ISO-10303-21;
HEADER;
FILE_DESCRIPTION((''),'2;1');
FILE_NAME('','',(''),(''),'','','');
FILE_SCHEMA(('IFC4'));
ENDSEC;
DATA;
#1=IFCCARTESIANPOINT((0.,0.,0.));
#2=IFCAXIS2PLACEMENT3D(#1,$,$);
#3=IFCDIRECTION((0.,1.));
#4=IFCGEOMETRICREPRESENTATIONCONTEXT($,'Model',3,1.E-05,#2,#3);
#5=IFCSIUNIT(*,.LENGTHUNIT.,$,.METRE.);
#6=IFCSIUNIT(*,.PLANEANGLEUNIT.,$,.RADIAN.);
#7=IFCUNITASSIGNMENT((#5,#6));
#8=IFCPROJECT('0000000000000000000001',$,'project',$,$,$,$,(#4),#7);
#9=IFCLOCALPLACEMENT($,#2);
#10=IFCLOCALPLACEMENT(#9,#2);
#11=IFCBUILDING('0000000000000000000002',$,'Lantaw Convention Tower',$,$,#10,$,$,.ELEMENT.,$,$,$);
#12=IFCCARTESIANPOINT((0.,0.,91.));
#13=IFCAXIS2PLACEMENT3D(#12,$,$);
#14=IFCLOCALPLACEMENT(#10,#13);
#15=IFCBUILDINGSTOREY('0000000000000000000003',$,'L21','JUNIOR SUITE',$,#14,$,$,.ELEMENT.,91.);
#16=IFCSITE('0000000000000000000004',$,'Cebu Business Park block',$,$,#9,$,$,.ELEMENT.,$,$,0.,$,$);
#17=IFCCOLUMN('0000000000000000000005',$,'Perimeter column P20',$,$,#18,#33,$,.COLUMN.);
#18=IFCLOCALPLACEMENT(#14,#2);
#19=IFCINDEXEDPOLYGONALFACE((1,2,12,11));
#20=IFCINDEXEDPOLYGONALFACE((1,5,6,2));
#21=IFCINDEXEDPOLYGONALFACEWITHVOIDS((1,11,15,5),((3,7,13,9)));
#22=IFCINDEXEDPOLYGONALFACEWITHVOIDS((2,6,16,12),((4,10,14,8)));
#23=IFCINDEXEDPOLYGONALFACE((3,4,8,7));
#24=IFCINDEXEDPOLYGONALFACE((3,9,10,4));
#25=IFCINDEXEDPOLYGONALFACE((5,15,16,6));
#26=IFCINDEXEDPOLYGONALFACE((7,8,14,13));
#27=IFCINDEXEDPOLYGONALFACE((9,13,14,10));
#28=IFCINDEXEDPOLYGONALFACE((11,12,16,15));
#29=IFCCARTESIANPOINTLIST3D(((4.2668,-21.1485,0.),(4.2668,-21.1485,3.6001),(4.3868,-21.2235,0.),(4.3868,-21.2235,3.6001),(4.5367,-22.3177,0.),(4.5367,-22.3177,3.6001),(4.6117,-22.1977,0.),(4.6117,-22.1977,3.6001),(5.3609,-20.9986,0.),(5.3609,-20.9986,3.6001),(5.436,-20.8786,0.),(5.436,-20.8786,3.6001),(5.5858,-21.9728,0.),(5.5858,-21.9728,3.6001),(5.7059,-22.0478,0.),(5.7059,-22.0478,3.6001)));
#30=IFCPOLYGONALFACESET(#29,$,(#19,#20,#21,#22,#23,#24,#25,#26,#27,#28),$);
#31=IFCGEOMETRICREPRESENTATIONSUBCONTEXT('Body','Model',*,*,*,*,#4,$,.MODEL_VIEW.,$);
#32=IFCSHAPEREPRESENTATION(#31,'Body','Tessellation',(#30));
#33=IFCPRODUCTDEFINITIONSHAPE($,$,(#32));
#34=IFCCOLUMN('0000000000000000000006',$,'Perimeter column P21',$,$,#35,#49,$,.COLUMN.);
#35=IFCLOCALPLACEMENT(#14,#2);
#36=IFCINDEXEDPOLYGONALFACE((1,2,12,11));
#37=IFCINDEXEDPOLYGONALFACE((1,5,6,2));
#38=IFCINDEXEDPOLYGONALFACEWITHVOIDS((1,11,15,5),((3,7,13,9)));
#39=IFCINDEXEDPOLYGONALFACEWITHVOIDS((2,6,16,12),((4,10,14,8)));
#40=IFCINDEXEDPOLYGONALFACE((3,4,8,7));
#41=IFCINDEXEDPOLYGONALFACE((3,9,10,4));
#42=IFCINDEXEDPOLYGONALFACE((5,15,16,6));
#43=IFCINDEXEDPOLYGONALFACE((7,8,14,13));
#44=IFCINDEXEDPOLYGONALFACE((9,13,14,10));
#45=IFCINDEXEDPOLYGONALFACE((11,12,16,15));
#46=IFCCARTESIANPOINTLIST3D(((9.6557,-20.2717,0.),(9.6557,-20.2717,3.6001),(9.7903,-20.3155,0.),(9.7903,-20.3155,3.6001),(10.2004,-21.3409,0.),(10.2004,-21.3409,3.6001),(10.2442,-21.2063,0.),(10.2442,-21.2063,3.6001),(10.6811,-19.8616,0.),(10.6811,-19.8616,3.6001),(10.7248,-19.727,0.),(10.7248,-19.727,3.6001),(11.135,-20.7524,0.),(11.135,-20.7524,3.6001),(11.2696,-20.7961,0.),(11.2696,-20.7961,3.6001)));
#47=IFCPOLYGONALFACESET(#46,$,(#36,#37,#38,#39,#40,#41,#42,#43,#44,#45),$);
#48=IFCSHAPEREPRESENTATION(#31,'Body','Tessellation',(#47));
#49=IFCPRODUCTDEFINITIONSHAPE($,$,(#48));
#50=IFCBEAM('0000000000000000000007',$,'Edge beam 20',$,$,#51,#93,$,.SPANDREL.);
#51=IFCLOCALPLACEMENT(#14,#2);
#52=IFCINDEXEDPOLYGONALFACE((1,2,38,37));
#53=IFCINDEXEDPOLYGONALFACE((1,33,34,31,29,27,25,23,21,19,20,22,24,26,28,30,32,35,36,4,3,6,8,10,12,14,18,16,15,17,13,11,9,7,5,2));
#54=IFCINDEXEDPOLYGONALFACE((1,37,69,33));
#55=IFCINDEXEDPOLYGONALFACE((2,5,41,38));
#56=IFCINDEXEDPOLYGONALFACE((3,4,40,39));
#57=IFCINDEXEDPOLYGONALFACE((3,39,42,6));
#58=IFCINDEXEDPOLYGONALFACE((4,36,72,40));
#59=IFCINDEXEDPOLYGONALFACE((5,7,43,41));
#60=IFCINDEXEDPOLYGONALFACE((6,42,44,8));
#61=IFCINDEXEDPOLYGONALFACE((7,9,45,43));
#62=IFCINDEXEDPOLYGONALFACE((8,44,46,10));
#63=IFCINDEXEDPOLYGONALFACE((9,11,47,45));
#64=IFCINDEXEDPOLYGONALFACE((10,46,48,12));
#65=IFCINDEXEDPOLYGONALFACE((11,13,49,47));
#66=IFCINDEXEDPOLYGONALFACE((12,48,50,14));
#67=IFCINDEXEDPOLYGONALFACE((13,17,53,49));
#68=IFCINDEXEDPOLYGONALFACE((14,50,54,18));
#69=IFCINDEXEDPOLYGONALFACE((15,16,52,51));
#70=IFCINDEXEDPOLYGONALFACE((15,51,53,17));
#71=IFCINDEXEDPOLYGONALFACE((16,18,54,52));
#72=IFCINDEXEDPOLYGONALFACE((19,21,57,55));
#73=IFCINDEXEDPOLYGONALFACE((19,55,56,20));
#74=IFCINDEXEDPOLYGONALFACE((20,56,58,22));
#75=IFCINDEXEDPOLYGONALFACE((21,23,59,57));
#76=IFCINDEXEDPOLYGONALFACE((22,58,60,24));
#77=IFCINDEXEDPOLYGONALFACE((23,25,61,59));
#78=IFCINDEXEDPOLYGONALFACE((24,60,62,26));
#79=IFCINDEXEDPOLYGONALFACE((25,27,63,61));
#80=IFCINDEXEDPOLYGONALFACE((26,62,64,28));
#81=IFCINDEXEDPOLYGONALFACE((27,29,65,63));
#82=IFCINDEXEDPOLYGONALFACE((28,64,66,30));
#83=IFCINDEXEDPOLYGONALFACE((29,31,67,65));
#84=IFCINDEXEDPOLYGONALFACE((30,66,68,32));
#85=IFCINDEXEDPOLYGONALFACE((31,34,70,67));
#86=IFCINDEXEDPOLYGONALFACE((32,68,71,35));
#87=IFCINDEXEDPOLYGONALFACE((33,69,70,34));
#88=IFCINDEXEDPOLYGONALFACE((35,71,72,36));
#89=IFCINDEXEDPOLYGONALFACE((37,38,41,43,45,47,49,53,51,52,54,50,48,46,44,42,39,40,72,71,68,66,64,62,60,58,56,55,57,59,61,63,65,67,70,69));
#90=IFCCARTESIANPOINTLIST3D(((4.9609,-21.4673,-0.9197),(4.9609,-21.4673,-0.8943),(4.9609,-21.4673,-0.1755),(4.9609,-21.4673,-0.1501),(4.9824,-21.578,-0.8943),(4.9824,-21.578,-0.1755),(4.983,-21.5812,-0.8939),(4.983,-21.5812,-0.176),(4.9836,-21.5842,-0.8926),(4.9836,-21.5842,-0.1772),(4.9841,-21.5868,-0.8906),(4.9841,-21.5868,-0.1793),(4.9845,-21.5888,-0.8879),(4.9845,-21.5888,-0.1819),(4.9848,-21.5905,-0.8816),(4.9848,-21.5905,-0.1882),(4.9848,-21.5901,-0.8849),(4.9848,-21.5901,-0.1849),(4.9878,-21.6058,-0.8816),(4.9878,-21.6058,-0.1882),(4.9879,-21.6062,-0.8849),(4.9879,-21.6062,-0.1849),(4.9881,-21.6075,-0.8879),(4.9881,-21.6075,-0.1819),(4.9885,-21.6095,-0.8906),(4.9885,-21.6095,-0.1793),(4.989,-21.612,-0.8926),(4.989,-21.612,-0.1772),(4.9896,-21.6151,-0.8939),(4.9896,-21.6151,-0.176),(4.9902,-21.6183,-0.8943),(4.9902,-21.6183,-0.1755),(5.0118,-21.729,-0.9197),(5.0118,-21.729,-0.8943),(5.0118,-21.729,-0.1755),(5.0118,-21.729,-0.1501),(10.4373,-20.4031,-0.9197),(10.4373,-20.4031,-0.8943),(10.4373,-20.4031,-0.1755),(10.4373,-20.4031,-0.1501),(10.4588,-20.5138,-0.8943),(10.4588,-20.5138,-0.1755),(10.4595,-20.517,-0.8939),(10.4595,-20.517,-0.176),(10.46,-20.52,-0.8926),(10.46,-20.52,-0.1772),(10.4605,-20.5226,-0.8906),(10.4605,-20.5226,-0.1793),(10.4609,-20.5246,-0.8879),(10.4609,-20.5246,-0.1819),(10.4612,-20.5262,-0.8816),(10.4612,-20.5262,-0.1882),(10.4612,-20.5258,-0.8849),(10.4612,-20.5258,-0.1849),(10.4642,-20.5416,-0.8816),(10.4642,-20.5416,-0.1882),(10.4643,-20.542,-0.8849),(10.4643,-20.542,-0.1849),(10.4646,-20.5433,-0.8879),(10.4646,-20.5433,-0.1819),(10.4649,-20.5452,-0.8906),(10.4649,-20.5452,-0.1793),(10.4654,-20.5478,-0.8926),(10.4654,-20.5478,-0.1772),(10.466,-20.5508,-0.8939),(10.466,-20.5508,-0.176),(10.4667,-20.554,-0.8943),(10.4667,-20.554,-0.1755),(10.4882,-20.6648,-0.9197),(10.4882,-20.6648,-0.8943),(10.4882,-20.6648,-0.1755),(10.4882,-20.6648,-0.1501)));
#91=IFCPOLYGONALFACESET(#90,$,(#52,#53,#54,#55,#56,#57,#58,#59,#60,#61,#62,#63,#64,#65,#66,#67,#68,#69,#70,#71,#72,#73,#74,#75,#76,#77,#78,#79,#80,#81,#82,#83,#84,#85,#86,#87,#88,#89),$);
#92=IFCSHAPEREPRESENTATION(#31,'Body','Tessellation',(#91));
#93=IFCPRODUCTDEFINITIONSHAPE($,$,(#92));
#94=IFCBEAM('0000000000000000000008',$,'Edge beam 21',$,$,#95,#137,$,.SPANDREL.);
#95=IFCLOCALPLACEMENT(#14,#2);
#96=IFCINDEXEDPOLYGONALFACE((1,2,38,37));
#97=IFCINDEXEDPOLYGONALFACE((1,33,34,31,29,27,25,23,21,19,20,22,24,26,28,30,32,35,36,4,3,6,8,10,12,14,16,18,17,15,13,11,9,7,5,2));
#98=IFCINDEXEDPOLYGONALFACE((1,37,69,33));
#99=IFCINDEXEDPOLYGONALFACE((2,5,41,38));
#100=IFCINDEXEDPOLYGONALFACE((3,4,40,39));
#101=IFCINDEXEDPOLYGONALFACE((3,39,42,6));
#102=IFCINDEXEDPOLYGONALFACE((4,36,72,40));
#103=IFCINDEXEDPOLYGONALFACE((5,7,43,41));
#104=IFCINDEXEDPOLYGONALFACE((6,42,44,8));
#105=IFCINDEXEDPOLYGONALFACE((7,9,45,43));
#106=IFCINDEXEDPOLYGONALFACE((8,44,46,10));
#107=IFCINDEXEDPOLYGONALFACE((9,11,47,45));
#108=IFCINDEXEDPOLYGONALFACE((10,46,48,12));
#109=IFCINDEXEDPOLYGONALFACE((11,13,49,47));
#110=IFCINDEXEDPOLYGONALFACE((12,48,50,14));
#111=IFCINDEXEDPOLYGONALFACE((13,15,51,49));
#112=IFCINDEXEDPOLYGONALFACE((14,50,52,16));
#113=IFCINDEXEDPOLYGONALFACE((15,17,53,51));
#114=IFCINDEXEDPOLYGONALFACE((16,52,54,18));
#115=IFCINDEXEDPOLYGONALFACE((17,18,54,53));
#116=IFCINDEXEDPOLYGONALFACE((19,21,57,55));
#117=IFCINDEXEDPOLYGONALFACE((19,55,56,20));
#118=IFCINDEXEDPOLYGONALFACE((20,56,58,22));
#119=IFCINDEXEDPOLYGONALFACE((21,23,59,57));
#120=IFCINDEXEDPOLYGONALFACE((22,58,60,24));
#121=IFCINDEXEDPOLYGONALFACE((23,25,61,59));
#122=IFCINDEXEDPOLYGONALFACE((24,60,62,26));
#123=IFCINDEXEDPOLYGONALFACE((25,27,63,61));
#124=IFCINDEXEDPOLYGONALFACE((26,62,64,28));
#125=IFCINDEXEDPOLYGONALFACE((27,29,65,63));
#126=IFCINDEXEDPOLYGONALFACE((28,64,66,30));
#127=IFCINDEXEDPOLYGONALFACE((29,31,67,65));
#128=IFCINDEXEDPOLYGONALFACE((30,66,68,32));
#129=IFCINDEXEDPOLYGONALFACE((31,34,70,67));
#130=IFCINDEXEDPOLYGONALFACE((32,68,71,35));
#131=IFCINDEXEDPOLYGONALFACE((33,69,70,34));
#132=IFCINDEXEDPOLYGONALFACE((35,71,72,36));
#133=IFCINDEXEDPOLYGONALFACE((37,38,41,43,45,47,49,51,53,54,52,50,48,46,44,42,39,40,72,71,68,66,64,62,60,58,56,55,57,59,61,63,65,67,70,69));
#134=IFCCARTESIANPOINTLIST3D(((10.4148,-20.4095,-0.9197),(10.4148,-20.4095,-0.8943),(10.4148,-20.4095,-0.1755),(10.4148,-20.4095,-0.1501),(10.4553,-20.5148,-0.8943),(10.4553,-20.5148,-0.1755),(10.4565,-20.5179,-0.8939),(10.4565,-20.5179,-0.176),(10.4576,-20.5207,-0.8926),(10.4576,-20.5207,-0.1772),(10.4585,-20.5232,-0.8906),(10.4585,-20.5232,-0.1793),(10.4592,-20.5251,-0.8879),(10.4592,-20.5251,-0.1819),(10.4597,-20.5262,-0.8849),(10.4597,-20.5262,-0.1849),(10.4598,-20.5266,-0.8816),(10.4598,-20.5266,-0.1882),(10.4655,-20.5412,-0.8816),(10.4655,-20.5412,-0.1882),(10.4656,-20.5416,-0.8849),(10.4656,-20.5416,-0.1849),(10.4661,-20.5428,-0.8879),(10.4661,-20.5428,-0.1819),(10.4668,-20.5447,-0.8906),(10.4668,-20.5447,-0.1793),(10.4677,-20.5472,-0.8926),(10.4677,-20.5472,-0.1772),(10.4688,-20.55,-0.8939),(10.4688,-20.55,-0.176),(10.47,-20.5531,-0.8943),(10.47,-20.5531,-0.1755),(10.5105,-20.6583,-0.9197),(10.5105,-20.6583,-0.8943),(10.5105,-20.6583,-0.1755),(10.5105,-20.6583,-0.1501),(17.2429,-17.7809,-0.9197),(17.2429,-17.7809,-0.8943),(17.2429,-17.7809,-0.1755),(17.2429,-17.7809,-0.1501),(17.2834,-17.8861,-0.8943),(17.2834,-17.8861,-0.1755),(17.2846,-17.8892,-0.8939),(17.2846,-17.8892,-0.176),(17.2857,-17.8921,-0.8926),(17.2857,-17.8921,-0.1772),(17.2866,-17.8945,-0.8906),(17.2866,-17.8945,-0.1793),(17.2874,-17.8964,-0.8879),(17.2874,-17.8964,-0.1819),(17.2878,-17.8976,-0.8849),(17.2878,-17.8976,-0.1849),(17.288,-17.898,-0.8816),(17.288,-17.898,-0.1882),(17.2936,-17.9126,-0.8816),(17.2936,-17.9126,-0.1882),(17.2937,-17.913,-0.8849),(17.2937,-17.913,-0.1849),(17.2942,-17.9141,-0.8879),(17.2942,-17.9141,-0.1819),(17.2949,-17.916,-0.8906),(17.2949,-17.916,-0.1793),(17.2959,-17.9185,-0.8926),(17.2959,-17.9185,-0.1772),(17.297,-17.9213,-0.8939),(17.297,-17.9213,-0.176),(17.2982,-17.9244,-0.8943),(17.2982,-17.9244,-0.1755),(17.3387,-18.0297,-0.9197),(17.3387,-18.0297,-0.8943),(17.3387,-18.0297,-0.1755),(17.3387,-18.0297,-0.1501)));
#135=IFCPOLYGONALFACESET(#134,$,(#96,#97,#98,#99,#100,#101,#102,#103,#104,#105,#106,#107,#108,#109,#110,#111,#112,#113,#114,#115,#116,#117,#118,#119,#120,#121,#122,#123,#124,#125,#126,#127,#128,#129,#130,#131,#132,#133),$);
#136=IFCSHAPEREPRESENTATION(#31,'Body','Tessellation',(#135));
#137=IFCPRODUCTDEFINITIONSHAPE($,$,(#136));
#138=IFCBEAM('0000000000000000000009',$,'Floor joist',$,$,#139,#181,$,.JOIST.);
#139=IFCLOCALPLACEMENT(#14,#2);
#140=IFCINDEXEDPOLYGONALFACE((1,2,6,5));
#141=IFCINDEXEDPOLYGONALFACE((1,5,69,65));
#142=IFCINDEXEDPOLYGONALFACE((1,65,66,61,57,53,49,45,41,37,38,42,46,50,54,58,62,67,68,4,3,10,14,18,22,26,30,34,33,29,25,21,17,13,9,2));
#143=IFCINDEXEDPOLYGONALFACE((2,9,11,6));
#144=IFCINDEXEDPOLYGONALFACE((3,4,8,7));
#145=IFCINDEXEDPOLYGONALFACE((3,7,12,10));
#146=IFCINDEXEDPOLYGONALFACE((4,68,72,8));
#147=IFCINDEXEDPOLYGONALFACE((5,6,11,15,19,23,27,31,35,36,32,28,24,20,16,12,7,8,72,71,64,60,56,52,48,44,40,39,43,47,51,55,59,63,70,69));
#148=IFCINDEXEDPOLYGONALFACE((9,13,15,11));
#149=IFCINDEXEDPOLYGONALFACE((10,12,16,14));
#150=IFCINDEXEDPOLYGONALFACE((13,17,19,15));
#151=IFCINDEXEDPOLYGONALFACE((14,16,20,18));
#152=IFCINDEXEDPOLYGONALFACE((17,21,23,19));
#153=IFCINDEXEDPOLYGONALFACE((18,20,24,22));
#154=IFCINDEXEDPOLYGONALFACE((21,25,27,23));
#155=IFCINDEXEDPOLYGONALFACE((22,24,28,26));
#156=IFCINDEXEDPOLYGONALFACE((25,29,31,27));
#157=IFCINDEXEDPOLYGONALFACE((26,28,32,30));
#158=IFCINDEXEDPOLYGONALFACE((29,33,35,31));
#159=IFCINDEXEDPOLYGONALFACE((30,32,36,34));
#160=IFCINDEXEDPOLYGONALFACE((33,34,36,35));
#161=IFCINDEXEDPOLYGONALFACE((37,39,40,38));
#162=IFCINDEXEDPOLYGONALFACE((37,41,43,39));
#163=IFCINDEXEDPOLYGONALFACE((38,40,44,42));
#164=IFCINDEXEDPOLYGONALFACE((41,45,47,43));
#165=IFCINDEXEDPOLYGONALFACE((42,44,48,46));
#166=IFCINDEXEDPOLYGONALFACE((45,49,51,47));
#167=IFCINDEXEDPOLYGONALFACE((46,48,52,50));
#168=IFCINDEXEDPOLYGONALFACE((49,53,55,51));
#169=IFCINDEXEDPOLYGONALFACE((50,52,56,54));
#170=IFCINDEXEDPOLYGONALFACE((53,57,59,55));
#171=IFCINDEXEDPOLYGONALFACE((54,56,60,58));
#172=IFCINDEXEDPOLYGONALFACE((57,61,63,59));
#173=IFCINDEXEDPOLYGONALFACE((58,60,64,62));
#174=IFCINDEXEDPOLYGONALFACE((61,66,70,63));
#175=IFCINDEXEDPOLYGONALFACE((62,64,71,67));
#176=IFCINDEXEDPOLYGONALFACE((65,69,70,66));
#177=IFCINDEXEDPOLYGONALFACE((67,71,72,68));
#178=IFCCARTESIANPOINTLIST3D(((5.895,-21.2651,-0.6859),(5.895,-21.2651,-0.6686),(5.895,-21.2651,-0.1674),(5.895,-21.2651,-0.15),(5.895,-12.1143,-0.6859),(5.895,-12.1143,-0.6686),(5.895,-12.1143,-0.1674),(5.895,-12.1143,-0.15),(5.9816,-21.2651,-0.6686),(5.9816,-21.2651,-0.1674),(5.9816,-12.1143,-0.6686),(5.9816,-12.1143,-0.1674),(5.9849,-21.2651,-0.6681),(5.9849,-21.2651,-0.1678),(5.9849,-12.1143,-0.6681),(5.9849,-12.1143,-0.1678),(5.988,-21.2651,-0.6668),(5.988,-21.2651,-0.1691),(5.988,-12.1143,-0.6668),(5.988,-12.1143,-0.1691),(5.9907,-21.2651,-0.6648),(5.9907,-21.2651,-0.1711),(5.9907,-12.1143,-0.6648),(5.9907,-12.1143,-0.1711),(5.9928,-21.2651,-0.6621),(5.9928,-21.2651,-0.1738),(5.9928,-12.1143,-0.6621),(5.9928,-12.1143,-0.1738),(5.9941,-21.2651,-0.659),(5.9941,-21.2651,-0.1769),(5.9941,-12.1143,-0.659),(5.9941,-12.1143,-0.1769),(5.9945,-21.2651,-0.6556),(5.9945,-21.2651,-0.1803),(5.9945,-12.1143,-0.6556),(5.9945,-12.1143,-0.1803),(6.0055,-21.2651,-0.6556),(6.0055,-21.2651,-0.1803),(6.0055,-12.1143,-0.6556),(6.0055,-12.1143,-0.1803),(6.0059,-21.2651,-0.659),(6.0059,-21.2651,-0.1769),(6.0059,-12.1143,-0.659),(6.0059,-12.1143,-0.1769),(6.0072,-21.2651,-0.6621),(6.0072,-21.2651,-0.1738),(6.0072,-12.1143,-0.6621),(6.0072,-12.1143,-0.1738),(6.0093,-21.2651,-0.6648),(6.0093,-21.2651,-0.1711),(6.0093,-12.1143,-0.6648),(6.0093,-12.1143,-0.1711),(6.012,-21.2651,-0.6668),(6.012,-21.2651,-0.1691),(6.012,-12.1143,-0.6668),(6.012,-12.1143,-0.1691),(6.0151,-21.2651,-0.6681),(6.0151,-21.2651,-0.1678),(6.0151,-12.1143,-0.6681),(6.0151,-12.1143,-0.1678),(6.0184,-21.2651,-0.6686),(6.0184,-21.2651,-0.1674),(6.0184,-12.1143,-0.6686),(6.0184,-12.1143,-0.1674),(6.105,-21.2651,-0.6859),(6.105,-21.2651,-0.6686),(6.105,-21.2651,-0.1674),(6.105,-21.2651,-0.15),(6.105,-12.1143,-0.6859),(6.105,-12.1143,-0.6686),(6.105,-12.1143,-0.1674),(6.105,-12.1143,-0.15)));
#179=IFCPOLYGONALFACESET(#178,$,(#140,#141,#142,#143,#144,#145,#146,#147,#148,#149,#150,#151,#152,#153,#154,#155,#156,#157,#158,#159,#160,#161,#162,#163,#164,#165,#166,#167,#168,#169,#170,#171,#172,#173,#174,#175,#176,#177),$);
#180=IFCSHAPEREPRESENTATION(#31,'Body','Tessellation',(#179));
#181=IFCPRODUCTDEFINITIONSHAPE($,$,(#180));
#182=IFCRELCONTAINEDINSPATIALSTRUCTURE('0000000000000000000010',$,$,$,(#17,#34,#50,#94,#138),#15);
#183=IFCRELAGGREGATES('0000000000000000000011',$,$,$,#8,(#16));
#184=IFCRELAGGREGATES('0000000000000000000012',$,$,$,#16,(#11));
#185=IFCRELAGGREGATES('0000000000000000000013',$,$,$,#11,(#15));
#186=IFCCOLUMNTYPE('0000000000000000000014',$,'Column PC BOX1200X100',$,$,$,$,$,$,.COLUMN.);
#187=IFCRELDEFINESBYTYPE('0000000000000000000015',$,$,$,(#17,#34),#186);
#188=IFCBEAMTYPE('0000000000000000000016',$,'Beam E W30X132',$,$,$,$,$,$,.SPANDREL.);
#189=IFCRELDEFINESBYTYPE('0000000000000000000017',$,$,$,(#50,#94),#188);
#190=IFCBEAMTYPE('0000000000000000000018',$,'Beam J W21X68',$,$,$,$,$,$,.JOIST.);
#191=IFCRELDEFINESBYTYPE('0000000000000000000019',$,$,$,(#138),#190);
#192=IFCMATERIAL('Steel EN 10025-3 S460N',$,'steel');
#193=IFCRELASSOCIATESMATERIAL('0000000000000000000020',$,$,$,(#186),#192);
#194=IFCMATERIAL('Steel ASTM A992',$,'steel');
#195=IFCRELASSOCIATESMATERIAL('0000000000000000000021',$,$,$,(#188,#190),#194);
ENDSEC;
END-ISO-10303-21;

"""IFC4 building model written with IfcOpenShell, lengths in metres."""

from ifc_helpers import new_model, si_unit, direction, frame, origin, origin_2d, place, context, subcontext, project, spatial, rectangle, hollow_rectangle, i_section, extrude, material, material_profile, profile_set, type_object, element, save


model = new_model("IFC4")

# Units and contexts
model_context = context("Model", 3, precision=1e-05, world=origin(), true_north=direction((0.0, 1.0)))
body_context = subcontext(model_context, "Body", "Model", "MODEL_VIEW")
ifc_project = project(units=[si_unit("LENGTHUNIT", "METRE"), si_unit("PLANEANGLEUNIT", "RADIAN")], contexts=[model_context])

# Site, building, storey
site_placement = place(None, origin())
site = spatial("IfcSite", under=ifc_project, at=site_placement, Name="Cebu Business Park block", CompositionType="ELEMENT", RefElevation=0.0)
building_placement = place(site_placement, origin())
building = spatial("IfcBuilding", under=site, at=building_placement, Name="Lantaw Convention Tower", CompositionType="ELEMENT")
storey_placement = place(building_placement, frame((0.0, 0.0, 91.0)))
storey = spatial("IfcBuildingStorey", under=building, at=storey_placement, Name="L21", Description="JUNIOR SUITE", CompositionType="ELEMENT", Elevation=91.0)

# Columns
ifc_material_1 = material(Name="Steel EN 10025-3 S460N", Category="steel")
ifc_material_profile_1 = material_profile(ifc_material_1, hollow_rectangle(XDim=1.2, YDim=1.2, WallThickness=0.1001, at=origin_2d()), Name="BOX1200X100")
ifc_material_2 = material(Name="Concrete C60/75", Category="concrete")
ifc_material_profile_2 = material_profile(ifc_material_2, rectangle(XDim=1.0, YDim=1.0, at=origin_2d()), Name="Concrete fill of BOX1200X100")
ifc_profile_set_1 = profile_set([ifc_material_profile_1, ifc_material_profile_2], Name="Steel EN 10025-3 S460N")
column_type = type_object("IfcColumnType", Name="Column PC BOX1200X100", PredefinedType="COLUMN", material=ifc_profile_set_1)
for number, where, z_axis, x_axis, name in (
    (1, (4.9863, -21.5981, 0.0), (0.0, 0.0, 1.0), (0.97437, 0.224951, 0.0), "Perimeter column P20"),
    (2, (10.4626, -20.5339, 0.0), (0.0, 0.0, 1.0), (0.891007, 0.45399, 0.0), "Perimeter column P21"),
):
    element("IfcColumn", number, at=place(storey_placement, frame(where, z_axis=z_axis, x_axis=x_axis)), inside=storey, type_object=column_type, Name=name, PredefinedType="COLUMN", context=body_context, shape_type="SweptSolid", body=[
        extrude(hollow_rectangle(XDim=1.2, YDim=1.2, WallThickness=0.1001, at=origin_2d()), origin(), (0.0, 0.0, 1.0), 3.6001),
    ])

# Beams
ifc_material_3 = material(Name="Steel ASTM A992", Category="steel")
ifc_material_profile_3 = material_profile(ifc_material_3, i_section(OverallWidth=0.2666, OverallDepth=0.7695, WebThickness=0.0156, FlangeThickness=0.0254, FilletRadius=0.0127, at=origin_2d()), Name="W30X132")
ifc_profile_set_2 = profile_set([ifc_material_profile_3], Name="Steel ASTM A992")
beam_type_1 = type_object("IfcBeamType", Name="Beam E W30X132", PredefinedType="SPANDREL", material=ifc_profile_set_2)
beam_1_placement = place(storey_placement, frame((4.9863, -21.5981, -0.5349), z_axis=(0.981637, 0.190761, 0.0), x_axis=(-0.190761, 0.981637, 0.0)))
element("IfcBeam", 3, at=beam_1_placement, inside=storey, type_object=beam_type_1, Name="Edge beam 20", PredefinedType="SPANDREL", context=body_context, shape_type="SweptSolid", body=[
    extrude(i_section(OverallWidth=0.2666, OverallDepth=0.7695, WebThickness=0.0156, FlangeThickness=0.0254, FilletRadius=0.0127, at=origin_2d()), origin(), (0.0, 0.0, 1.0), 5.5789),
])
beam_2_placement = place(storey_placement, frame((10.4626, -20.5339, -0.5349), z_axis=(0.933233, 0.359272, 0.0), x_axis=(-0.359272, 0.933233, 0.0)))
element("IfcBeam", 4, at=beam_2_placement, inside=storey, type_object=beam_type_1, Name="Edge beam 21", PredefinedType="SPANDREL", context=body_context, shape_type="SweptSolid", body=[
    extrude(i_section(OverallWidth=0.2666, OverallDepth=0.7695, WebThickness=0.0156, FlangeThickness=0.0254, FilletRadius=0.0127, at=origin_2d()), origin(), (0.0, 0.0, 1.0), 7.3167),
])
ifc_material_profile_4 = material_profile(ifc_material_3, i_section(OverallWidth=0.21, OverallDepth=0.5359, WebThickness=0.011, FlangeThickness=0.0173, FilletRadius=0.0129, at=origin_2d()), Name="W21X68")
ifc_profile_set_3 = profile_set([ifc_material_profile_4], Name="Steel ASTM A992")
beam_type_2 = type_object("IfcBeamType", Name="Beam J W21X68", PredefinedType="JOIST", material=ifc_profile_set_3)
beam_3_placement = place(storey_placement, frame((6.0, -21.2651, -0.418), z_axis=(0.0, 1.0, 0.0), x_axis=(-1.0, 0.0, 0.0)))
element("IfcBeam", 5, at=beam_3_placement, inside=storey, type_object=beam_type_2, Name="Floor joist", PredefinedType="JOIST", context=body_context, shape_type="SweptSolid", body=[
    extrude(i_section(OverallWidth=0.21, OverallDepth=0.5359, WebThickness=0.011, FlangeThickness=0.0173, FilletRadius=0.0129, at=origin_2d()), origin(), (0.0, 0.0, 1.0), 9.1509),
])

save(model, "model.ifc")
